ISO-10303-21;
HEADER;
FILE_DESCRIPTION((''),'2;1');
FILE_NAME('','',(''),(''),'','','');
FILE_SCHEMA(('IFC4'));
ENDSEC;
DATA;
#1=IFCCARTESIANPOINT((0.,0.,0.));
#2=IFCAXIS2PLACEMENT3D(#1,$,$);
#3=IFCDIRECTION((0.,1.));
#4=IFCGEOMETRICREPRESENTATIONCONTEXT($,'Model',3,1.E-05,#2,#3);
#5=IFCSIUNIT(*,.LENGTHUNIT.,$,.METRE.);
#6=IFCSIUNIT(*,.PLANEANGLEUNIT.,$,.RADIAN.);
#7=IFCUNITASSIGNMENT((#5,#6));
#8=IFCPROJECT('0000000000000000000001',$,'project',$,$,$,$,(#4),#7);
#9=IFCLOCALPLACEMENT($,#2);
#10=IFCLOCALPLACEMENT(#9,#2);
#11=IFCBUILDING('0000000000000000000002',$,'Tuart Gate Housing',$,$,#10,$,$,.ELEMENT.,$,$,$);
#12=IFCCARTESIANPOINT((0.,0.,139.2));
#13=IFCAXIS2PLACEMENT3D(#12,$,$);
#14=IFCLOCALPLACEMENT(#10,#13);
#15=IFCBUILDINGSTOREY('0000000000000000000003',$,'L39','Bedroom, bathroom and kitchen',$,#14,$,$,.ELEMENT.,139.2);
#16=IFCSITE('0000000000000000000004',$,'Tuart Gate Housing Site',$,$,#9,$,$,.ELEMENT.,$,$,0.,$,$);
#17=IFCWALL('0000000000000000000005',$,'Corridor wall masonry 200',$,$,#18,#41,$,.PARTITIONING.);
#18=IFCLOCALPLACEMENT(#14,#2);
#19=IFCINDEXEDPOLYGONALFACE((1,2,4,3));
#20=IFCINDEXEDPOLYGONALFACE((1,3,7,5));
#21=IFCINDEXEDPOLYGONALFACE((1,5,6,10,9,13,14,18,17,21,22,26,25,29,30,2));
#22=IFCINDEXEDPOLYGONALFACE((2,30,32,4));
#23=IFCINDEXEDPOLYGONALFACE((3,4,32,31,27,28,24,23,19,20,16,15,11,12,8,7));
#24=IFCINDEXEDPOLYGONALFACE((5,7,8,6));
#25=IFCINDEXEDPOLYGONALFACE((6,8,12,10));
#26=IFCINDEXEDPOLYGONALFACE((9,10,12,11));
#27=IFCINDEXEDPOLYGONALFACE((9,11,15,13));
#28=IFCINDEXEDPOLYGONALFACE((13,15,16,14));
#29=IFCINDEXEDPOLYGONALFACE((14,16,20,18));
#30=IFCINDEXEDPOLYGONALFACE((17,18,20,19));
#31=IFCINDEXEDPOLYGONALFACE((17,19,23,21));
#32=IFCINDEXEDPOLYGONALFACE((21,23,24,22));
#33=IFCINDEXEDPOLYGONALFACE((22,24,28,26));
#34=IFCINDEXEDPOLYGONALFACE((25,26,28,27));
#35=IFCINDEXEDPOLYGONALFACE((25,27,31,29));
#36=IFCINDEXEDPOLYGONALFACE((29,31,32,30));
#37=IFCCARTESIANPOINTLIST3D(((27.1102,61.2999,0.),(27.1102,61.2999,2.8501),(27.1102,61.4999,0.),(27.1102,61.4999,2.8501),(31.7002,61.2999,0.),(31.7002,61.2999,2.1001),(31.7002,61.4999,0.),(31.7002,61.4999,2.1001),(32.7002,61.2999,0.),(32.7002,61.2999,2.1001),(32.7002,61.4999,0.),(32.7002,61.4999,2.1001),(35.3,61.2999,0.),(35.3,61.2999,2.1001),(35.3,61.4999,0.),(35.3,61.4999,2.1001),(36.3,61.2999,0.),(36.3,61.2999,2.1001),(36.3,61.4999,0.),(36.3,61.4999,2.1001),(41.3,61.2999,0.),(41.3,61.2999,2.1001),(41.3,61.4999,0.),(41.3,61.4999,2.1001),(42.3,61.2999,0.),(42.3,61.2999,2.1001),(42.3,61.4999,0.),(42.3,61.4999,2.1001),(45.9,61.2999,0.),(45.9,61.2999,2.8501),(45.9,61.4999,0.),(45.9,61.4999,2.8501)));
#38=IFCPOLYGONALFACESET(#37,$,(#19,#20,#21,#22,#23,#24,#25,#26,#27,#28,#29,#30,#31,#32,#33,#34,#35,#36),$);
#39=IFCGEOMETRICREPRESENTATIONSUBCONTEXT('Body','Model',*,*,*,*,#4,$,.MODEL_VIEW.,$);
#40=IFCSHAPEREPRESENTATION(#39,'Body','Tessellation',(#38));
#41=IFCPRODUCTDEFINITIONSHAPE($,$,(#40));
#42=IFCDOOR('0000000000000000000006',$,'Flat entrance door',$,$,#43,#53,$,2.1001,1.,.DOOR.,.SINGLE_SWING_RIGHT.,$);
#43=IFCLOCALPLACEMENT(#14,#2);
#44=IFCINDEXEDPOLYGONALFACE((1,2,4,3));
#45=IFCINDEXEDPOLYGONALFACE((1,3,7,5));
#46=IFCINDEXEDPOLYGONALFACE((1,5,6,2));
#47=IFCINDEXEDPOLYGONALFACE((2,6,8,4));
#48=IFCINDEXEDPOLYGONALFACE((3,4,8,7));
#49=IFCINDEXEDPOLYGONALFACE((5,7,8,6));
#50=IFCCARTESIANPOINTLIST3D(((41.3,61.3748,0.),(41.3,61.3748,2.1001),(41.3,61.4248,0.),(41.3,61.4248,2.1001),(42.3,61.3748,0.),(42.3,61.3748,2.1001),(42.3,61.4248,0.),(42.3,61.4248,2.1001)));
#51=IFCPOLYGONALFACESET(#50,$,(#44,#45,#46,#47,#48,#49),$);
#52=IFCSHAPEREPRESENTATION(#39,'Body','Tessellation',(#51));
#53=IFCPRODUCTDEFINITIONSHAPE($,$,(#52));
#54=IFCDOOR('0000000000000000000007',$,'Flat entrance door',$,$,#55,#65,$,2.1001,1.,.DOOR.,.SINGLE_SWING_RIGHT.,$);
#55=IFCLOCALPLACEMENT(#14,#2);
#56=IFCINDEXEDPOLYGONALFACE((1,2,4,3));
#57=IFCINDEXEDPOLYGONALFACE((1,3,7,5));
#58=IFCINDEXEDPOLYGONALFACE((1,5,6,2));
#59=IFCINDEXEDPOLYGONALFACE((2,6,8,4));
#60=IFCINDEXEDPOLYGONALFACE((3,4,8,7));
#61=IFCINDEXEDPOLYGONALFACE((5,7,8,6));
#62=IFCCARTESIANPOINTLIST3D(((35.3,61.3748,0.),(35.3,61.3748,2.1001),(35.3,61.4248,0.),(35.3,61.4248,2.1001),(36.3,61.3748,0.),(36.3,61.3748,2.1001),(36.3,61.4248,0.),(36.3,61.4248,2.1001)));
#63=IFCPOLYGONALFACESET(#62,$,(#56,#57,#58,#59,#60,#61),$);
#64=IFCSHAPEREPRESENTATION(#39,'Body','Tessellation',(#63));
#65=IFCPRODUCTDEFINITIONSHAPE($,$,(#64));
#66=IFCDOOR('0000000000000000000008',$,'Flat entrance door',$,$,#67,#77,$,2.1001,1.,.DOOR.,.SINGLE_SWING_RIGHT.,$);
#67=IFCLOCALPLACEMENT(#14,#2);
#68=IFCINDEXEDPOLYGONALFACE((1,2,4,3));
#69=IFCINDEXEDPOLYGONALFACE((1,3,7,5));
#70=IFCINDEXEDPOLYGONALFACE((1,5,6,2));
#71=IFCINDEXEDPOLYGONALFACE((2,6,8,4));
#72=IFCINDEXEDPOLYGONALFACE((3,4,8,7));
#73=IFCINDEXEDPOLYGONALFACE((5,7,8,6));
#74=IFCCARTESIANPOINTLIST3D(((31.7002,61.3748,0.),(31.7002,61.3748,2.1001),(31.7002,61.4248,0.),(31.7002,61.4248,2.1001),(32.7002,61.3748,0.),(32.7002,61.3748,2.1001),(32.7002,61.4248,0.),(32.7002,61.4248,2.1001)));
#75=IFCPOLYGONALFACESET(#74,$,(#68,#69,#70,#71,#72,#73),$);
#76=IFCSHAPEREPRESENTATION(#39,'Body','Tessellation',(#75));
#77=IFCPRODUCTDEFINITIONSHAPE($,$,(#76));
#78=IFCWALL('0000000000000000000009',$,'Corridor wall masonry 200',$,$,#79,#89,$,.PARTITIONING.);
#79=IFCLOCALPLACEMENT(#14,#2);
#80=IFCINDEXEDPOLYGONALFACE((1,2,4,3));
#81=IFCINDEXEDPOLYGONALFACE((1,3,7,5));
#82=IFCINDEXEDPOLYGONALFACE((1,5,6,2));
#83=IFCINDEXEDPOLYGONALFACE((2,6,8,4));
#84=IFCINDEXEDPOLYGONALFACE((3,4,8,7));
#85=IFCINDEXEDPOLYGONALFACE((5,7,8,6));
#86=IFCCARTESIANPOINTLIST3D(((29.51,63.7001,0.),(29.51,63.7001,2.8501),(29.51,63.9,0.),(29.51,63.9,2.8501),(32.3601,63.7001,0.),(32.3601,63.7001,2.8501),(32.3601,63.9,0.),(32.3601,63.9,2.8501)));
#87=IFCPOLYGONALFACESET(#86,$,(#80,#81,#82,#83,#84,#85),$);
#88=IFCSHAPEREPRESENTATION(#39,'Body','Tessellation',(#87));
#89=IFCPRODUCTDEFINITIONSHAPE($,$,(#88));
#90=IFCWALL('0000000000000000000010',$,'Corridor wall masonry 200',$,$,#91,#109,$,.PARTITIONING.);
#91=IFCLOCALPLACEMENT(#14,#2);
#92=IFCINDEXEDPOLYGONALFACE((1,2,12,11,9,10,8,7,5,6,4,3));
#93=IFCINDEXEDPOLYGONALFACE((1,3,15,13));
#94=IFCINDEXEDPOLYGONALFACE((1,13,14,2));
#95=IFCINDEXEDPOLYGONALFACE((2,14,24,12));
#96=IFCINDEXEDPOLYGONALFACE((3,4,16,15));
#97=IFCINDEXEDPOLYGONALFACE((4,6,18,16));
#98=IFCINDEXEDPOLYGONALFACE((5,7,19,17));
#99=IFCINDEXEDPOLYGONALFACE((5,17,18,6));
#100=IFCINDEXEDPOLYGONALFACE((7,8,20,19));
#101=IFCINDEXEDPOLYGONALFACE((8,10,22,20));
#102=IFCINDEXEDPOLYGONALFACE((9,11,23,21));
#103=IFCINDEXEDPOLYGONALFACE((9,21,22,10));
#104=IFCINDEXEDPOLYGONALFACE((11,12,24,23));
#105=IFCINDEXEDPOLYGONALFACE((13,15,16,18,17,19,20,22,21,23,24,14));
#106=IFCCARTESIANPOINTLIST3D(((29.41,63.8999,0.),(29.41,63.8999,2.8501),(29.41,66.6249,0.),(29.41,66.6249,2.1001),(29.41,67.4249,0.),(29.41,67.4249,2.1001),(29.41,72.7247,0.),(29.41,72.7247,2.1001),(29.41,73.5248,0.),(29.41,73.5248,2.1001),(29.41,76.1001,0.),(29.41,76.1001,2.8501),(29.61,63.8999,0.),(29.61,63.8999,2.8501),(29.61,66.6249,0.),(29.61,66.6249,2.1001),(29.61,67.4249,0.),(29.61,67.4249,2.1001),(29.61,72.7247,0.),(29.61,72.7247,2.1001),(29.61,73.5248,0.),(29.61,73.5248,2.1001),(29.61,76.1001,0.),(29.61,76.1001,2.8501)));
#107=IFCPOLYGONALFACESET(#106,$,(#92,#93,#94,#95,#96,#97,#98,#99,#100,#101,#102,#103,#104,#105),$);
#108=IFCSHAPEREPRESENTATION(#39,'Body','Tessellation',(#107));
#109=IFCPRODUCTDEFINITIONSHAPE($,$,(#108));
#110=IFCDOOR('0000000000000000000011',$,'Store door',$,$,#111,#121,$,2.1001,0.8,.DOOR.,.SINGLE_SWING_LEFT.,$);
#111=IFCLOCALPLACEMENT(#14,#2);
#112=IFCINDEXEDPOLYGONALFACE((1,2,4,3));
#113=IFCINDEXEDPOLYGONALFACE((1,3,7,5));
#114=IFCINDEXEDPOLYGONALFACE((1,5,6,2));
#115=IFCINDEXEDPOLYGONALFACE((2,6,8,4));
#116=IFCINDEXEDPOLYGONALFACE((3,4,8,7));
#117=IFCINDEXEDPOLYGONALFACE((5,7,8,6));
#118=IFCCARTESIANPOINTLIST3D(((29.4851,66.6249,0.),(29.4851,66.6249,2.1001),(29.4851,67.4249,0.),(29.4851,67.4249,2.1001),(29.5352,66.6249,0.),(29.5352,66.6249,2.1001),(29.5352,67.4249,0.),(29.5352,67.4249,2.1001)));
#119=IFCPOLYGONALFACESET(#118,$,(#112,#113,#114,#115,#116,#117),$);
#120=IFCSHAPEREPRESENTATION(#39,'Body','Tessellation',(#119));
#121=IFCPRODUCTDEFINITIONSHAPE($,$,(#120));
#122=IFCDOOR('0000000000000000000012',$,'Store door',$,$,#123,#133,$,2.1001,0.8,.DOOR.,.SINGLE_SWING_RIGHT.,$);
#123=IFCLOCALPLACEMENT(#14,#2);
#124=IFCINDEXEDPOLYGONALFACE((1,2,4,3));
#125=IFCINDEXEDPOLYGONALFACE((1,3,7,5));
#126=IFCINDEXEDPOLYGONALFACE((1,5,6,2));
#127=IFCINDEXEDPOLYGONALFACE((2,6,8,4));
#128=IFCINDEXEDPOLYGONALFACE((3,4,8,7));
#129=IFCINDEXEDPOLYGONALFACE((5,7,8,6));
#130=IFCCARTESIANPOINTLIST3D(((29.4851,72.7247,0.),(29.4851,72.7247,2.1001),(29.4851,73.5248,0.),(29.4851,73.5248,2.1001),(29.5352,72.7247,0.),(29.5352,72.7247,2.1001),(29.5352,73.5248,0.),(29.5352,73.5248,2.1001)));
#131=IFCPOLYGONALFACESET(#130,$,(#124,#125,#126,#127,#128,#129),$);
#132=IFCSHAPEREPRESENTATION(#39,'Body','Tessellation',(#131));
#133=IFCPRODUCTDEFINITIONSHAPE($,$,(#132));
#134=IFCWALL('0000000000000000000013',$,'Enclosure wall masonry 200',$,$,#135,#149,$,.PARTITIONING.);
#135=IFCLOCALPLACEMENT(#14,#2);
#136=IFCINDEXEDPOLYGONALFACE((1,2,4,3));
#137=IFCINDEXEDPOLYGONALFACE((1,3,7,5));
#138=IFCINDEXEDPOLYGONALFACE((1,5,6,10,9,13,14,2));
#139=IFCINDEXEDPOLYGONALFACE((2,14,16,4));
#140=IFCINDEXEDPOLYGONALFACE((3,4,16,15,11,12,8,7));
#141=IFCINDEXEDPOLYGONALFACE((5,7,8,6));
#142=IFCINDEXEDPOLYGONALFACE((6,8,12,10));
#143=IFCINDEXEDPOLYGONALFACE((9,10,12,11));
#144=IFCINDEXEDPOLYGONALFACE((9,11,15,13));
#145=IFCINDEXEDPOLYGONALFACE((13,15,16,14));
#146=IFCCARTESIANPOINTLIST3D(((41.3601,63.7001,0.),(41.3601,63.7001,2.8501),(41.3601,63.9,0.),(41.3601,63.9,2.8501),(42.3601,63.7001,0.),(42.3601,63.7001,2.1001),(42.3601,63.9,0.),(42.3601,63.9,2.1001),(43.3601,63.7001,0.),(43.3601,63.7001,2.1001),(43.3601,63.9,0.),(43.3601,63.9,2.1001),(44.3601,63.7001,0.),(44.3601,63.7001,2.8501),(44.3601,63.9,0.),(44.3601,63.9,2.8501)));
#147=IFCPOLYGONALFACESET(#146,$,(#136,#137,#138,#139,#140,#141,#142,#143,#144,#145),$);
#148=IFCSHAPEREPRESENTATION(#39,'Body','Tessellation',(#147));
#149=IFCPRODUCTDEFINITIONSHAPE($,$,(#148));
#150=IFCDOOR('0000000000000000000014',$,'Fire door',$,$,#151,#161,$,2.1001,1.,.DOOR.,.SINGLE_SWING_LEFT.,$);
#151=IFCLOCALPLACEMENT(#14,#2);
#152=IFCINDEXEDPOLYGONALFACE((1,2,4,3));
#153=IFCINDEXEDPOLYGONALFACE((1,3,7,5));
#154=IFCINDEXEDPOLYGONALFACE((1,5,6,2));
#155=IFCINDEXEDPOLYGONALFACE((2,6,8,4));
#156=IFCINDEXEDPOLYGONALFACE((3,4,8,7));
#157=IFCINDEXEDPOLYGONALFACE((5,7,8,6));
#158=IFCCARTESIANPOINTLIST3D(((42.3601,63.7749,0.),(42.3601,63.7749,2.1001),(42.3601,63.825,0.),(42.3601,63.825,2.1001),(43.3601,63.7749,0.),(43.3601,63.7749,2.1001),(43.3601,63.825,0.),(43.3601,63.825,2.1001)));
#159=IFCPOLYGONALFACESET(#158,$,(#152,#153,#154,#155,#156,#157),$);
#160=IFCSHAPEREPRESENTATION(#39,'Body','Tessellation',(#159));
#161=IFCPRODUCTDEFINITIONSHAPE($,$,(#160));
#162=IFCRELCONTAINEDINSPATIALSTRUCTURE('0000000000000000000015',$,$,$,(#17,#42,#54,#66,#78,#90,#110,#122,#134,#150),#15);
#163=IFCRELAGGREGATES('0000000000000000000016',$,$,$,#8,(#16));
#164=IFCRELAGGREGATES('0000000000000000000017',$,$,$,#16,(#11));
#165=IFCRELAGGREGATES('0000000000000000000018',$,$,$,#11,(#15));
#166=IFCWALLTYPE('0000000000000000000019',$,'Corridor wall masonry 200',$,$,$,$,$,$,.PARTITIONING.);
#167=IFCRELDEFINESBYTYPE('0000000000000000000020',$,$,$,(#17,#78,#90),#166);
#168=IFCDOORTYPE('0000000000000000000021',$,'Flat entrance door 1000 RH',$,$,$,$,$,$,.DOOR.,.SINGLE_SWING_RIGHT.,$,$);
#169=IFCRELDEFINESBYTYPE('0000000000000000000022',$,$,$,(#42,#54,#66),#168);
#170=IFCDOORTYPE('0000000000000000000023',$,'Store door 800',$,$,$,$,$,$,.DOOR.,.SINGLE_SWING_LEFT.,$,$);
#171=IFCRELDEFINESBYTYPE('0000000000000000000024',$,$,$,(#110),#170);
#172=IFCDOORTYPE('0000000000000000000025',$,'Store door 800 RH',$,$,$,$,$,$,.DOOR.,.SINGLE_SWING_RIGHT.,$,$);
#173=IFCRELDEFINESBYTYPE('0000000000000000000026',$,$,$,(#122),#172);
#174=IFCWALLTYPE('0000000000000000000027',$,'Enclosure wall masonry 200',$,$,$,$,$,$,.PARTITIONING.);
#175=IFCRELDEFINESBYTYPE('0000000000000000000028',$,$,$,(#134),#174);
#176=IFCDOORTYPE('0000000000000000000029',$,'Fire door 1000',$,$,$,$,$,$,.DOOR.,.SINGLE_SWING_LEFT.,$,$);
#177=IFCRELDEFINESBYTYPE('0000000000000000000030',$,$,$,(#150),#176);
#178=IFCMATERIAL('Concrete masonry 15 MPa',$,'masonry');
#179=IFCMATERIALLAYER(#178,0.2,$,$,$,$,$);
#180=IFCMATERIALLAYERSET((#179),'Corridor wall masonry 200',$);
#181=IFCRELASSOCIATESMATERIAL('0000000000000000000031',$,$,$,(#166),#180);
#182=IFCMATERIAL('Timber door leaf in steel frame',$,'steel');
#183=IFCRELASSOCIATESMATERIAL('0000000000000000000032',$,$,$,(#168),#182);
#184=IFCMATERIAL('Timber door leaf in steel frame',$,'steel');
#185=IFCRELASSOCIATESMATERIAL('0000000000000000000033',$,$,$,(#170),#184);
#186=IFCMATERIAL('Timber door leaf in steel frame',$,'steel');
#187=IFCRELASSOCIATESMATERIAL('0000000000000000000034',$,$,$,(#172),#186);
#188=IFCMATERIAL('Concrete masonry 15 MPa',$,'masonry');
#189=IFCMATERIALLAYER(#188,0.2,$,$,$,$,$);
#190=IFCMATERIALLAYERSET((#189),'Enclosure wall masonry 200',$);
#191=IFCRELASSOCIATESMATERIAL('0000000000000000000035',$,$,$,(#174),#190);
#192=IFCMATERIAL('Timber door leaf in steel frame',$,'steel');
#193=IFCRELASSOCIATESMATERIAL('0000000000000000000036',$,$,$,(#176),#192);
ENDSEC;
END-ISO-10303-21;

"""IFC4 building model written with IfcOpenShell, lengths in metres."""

from ifc_helpers import new_model, si_unit, direction, frame, frame_2d, origin, place, context, subcontext, project, spatial, rectangle, extrude, material, layer, layer_set, type_object, element, fill, save


model = new_model("IFC4")

# Units and contexts
model_context = context("Model", 3, precision=1e-05, world=origin(), true_north=direction((0.0, 1.0)))
body_context = subcontext(model_context, "Body", "Model", "MODEL_VIEW")
ifc_project = project(units=[si_unit("LENGTHUNIT", "METRE"), si_unit("PLANEANGLEUNIT", "RADIAN")], contexts=[model_context])

# Site, building, storey
site_placement = place(None, origin())
site = spatial("IfcSite", under=ifc_project, at=site_placement, Name="Tuart Gate Housing Site", CompositionType="ELEMENT", RefElevation=0.0)
building_placement = place(site_placement, origin())
building = spatial("IfcBuilding", under=site, at=building_placement, Name="Tuart Gate Housing", CompositionType="ELEMENT")
storey_placement = place(building_placement, frame((0.0, 0.0, 139.2)))
storey = spatial("IfcBuildingStorey", under=building, at=storey_placement, Name="L39", Description="Bedroom, bathroom and kitchen", CompositionType="ELEMENT", Elevation=139.2)

# Wall, openings, doors
ifc_material_1 = material(Name="Concrete masonry 15 MPa", Category="masonry")
ifc_layer_1 = layer(ifc_material_1, 0.2)
ifc_layer_set_1 = layer_set([ifc_layer_1], Name="Corridor wall masonry 200")
wall_type_1 = type_object("IfcWallType", Name="Corridor wall masonry 200", PredefinedType="PARTITIONING", material=ifc_layer_set_1)
wall_1_placement = place(storey_placement, frame((27.1101, 61.3999, 0.0), z_axis=(0.0, 0.0, 1.0), x_axis=(1.0, 0.0, 0.0)))
wall_1 = element("IfcWall", 1, at=wall_1_placement, inside=storey, type_object=wall_type_1, Name="Corridor wall masonry 200", PredefinedType="PARTITIONING", context=body_context, shape_type="SweptSolid", body=[
    extrude(rectangle(XDim=18.7898, YDim=0.2, at=frame_2d((9.395, 0.0))), origin(), (0.0, 0.0, 1.0), 2.8501),
])
opening_1_placement = place(wall_1_placement, frame((14.1899, 0.0, 0.0)))
opening_1 = element("IfcOpeningElement", 2, at=opening_1_placement, cuts=wall_1, PredefinedType="OPENING", context=body_context, shape_type="SweptSolid", body=[
    extrude(rectangle(XDim=1.0, YDim=2.1001, at=frame_2d((0.5, 1.05))), frame((0.0, 0.1099, 0.0), z_axis=(0.0, -1.0, 0.0), x_axis=(1.0, 0.0, 0.0)), (0.0, 0.0, 1.0), 0.22),
])
opening_2_placement = place(wall_1_placement, frame((8.1899, 0.0, 0.0)))
opening_2 = element("IfcOpeningElement", 3, at=opening_2_placement, cuts=wall_1, PredefinedType="OPENING", context=body_context, shape_type="SweptSolid", body=[
    extrude(rectangle(XDim=1.0, YDim=2.1001, at=frame_2d((0.5, 1.05))), frame((0.0, 0.1099, 0.0), z_axis=(0.0, -1.0, 0.0), x_axis=(1.0, 0.0, 0.0)), (0.0, 0.0, 1.0), 0.22),
])
opening_3_placement = place(wall_1_placement, frame((4.5901, 0.0, 0.0)))
opening_3 = element("IfcOpeningElement", 4, at=opening_3_placement, cuts=wall_1, PredefinedType="OPENING", context=body_context, shape_type="SweptSolid", body=[
    extrude(rectangle(XDim=1.0, YDim=2.1001, at=frame_2d((0.5, 1.05))), frame((0.0, 0.1099, 0.0), z_axis=(0.0, -1.0, 0.0), x_axis=(1.0, 0.0, 0.0)), (0.0, 0.0, 1.0), 0.22),
])
ifc_material_2 = material(Name="Timber door leaf in steel frame", Category="steel")
door_type_1 = type_object("IfcDoorType", Name="Flat entrance door 1000 RH", OperationType="SINGLE_SWING_RIGHT", PredefinedType="DOOR", material=ifc_material_2)
door_1_placement = place(opening_1_placement, frame((1.0, 0.0, 0.0), z_axis=(0.0, 0.0, 1.0), x_axis=(-1.0, 0.0, 0.0)))
door_1 = element("IfcDoor", 5, at=door_1_placement, inside=storey, type_object=door_type_1, Name="Flat entrance door", OperationType="SINGLE_SWING_RIGHT", OverallHeight=2.1001, OverallWidth=1.0, PredefinedType="DOOR", context=body_context, shape_type="SweptSolid", body=[
    extrude(rectangle(XDim=1.0, YDim=2.1001, at=frame_2d((0.5, 1.05))), frame((0.0, 0.0251, 0.0), z_axis=(0.0, -1.0, 0.0), x_axis=(1.0, 0.0, 0.0)), (0.0, 0.0, 1.0), 0.05),
])
fill(opening_1, door_1)
door_2_placement = place(opening_2_placement, frame((1.0, 0.0, 0.0), z_axis=(0.0, 0.0, 1.0), x_axis=(-1.0, 0.0, 0.0)))
door_2 = element("IfcDoor", 6, at=door_2_placement, inside=storey, type_object=door_type_1, Name="Flat entrance door", OperationType="SINGLE_SWING_RIGHT", OverallHeight=2.1001, OverallWidth=1.0, PredefinedType="DOOR", context=body_context, shape_type="SweptSolid", body=[
    extrude(rectangle(XDim=1.0, YDim=2.1001, at=frame_2d((0.5, 1.05))), frame((0.0, 0.0251, 0.0), z_axis=(0.0, -1.0, 0.0), x_axis=(1.0, 0.0, 0.0)), (0.0, 0.0, 1.0), 0.05),
])
fill(opening_2, door_2)
door_3_placement = place(opening_3_placement, frame((1.0, 0.0, 0.0), z_axis=(0.0, 0.0, 1.0), x_axis=(-1.0, 0.0, 0.0)))
door_3 = element("IfcDoor", 7, at=door_3_placement, inside=storey, type_object=door_type_1, Name="Flat entrance door", OperationType="SINGLE_SWING_RIGHT", OverallHeight=2.1001, OverallWidth=1.0, PredefinedType="DOOR", context=body_context, shape_type="SweptSolid", body=[
    extrude(rectangle(XDim=1.0, YDim=2.1001, at=frame_2d((0.5, 1.05))), frame((0.0, 0.0251, 0.0), z_axis=(0.0, -1.0, 0.0), x_axis=(1.0, 0.0, 0.0)), (0.0, 0.0, 1.0), 0.05),
])
fill(opening_3, door_3)

# Wall
wall_2_placement = place(storey_placement, frame((29.51, 63.8, 0.0), z_axis=(0.0, 0.0, 1.0), x_axis=(1.0, 0.0, 0.0)))
element("IfcWall", 8, at=wall_2_placement, inside=storey, type_object=wall_type_1, Name="Corridor wall masonry 200", PredefinedType="PARTITIONING", context=body_context, shape_type="SweptSolid", body=[
    extrude(rectangle(XDim=2.8501, YDim=0.2, at=frame_2d((1.425, 0.0))), origin(), (0.0, 0.0, 1.0), 2.8501),
])

# Wall, openings, doors
wall_3_placement = place(storey_placement, frame((29.51, 63.8999, 0.0), z_axis=(0.0, 0.0, 1.0), x_axis=(0.0, 1.0, 0.0)))
wall_3 = element("IfcWall", 9, at=wall_3_placement, inside=storey, type_object=wall_type_1, Name="Corridor wall masonry 200", PredefinedType="PARTITIONING", context=body_context, shape_type="SweptSolid", body=[
    extrude(rectangle(XDim=12.2002, YDim=0.2, at=frame_2d((6.1001, 0.0))), origin(), (0.0, 0.0, 1.0), 2.8501),
])
opening_4_placement = place(wall_3_placement, frame((2.7251, 0.0, 0.0)))
opening_4 = element("IfcOpeningElement", 10, at=opening_4_placement, cuts=wall_3, PredefinedType="OPENING", context=body_context, shape_type="SweptSolid", body=[
    extrude(rectangle(XDim=0.8, YDim=2.1001, at=frame_2d((0.3999, 1.05))), frame((0.0, 0.1099, 0.0), z_axis=(0.0, -1.0, 0.0), x_axis=(1.0, 0.0, 0.0)), (0.0, 0.0, 1.0), 0.22),
])
opening_5_placement = place(wall_3_placement, frame((8.825, 0.0, 0.0)))
opening_5 = element("IfcOpeningElement", 11, at=opening_5_placement, cuts=wall_3, PredefinedType="OPENING", context=body_context, shape_type="SweptSolid", body=[
    extrude(rectangle(XDim=0.8, YDim=2.1001, at=frame_2d((0.3999, 1.05))), frame((0.0, 0.1099, 0.0), z_axis=(0.0, -1.0, 0.0), x_axis=(1.0, 0.0, 0.0)), (0.0, 0.0, 1.0), 0.22),
])
ifc_material_3 = material(Name="Timber door leaf in steel frame", Category="steel")
door_type_2 = type_object("IfcDoorType", Name="Store door 800", OperationType="SINGLE_SWING_LEFT", PredefinedType="DOOR", material=ifc_material_3)
door_4_placement = place(opening_4_placement, frame((0.8, 0.0, 0.0), z_axis=(0.0, 0.0, 1.0), x_axis=(-1.0, 0.0, 0.0)))
door_4 = element("IfcDoor", 12, at=door_4_placement, inside=storey, type_object=door_type_2, Name="Store door", OperationType="SINGLE_SWING_LEFT", OverallHeight=2.1001, OverallWidth=0.8, PredefinedType="DOOR", context=body_context, shape_type="SweptSolid", body=[
    extrude(rectangle(XDim=0.8, YDim=2.1001, at=frame_2d((0.4001, 1.05))), frame((0.0, 0.0251, 0.0), z_axis=(0.0, -1.0, 0.0), x_axis=(1.0, 0.0, 0.0)), (0.0, 0.0, 1.0), 0.05),
])
fill(opening_4, door_4)
ifc_material_4 = material(Name="Timber door leaf in steel frame", Category="steel")
door_type_3 = type_object("IfcDoorType", Name="Store door 800 RH", OperationType="SINGLE_SWING_RIGHT", PredefinedType="DOOR", material=ifc_material_4)
door_5_placement = place(opening_5_placement, frame((0.8, 0.0, 0.0), z_axis=(0.0, 0.0, 1.0), x_axis=(-1.0, 0.0, 0.0)))
door_5 = element("IfcDoor", 13, at=door_5_placement, inside=storey, type_object=door_type_3, Name="Store door", OperationType="SINGLE_SWING_RIGHT", OverallHeight=2.1001, OverallWidth=0.8, PredefinedType="DOOR", context=body_context, shape_type="SweptSolid", body=[
    extrude(rectangle(XDim=0.8, YDim=2.1001, at=frame_2d((0.4001, 1.05))), frame((0.0, 0.0251, 0.0), z_axis=(0.0, -1.0, 0.0), x_axis=(1.0, 0.0, 0.0)), (0.0, 0.0, 1.0), 0.05),
])
fill(opening_5, door_5)

# Wall, opening, door
ifc_material_5 = material(Name="Concrete masonry 15 MPa", Category="masonry")
ifc_layer_2 = layer(ifc_material_5, 0.2)
ifc_layer_set_2 = layer_set([ifc_layer_2], Name="Enclosure wall masonry 200")
wall_type_2 = type_object("IfcWallType", Name="Enclosure wall masonry 200", PredefinedType="PARTITIONING", material=ifc_layer_set_2)
wall_4_placement = place(storey_placement, frame((41.3601, 63.8, 0.0), z_axis=(0.0, 0.0, 1.0), x_axis=(1.0, 0.0, 0.0)))
wall_4 = element("IfcWall", 14, at=wall_4_placement, inside=storey, type_object=wall_type_2, Name="Enclosure wall masonry 200", PredefinedType="PARTITIONING", context=body_context, shape_type="SweptSolid", body=[
    extrude(rectangle(XDim=3.0, YDim=0.2, at=frame_2d((1.5, 0.0))), origin(), (0.0, 0.0, 1.0), 2.8501),
])
opening_6_placement = place(wall_4_placement, frame((1.0, 0.0, 0.0)))
opening_6 = element("IfcOpeningElement", 15, at=opening_6_placement, cuts=wall_4, PredefinedType="OPENING", context=body_context, shape_type="SweptSolid", body=[
    extrude(rectangle(XDim=1.0, YDim=2.1001, at=frame_2d((0.5, 1.05))), frame((0.0, 0.1099, 0.0), z_axis=(0.0, -1.0, 0.0), x_axis=(1.0, 0.0, 0.0)), (0.0, 0.0, 1.0), 0.22),
])
ifc_material_6 = material(Name="Timber door leaf in steel frame", Category="steel")
door_type_4 = type_object("IfcDoorType", Name="Fire door 1000", OperationType="SINGLE_SWING_LEFT", PredefinedType="DOOR", material=ifc_material_6)
door_6_placement = place(opening_6_placement, frame((1.0, 0.0, 0.0), z_axis=(0.0, 0.0, 1.0), x_axis=(-1.0, 0.0, 0.0)))
door_6 = element("IfcDoor", 16, at=door_6_placement, inside=storey, type_object=door_type_4, Name="Fire door", OperationType="SINGLE_SWING_LEFT", OverallHeight=2.1001, OverallWidth=1.0, PredefinedType="DOOR", context=body_context, shape_type="SweptSolid", body=[
    extrude(rectangle(XDim=1.0, YDim=2.1001, at=frame_2d((0.5, 1.05))), frame((0.0, 0.0251, 0.0), z_axis=(0.0, -1.0, 0.0), x_axis=(1.0, 0.0, 0.0)), (0.0, 0.0, 1.0), 0.05),
])
fill(opening_6, door_6)

save(model, "model.ifc")
